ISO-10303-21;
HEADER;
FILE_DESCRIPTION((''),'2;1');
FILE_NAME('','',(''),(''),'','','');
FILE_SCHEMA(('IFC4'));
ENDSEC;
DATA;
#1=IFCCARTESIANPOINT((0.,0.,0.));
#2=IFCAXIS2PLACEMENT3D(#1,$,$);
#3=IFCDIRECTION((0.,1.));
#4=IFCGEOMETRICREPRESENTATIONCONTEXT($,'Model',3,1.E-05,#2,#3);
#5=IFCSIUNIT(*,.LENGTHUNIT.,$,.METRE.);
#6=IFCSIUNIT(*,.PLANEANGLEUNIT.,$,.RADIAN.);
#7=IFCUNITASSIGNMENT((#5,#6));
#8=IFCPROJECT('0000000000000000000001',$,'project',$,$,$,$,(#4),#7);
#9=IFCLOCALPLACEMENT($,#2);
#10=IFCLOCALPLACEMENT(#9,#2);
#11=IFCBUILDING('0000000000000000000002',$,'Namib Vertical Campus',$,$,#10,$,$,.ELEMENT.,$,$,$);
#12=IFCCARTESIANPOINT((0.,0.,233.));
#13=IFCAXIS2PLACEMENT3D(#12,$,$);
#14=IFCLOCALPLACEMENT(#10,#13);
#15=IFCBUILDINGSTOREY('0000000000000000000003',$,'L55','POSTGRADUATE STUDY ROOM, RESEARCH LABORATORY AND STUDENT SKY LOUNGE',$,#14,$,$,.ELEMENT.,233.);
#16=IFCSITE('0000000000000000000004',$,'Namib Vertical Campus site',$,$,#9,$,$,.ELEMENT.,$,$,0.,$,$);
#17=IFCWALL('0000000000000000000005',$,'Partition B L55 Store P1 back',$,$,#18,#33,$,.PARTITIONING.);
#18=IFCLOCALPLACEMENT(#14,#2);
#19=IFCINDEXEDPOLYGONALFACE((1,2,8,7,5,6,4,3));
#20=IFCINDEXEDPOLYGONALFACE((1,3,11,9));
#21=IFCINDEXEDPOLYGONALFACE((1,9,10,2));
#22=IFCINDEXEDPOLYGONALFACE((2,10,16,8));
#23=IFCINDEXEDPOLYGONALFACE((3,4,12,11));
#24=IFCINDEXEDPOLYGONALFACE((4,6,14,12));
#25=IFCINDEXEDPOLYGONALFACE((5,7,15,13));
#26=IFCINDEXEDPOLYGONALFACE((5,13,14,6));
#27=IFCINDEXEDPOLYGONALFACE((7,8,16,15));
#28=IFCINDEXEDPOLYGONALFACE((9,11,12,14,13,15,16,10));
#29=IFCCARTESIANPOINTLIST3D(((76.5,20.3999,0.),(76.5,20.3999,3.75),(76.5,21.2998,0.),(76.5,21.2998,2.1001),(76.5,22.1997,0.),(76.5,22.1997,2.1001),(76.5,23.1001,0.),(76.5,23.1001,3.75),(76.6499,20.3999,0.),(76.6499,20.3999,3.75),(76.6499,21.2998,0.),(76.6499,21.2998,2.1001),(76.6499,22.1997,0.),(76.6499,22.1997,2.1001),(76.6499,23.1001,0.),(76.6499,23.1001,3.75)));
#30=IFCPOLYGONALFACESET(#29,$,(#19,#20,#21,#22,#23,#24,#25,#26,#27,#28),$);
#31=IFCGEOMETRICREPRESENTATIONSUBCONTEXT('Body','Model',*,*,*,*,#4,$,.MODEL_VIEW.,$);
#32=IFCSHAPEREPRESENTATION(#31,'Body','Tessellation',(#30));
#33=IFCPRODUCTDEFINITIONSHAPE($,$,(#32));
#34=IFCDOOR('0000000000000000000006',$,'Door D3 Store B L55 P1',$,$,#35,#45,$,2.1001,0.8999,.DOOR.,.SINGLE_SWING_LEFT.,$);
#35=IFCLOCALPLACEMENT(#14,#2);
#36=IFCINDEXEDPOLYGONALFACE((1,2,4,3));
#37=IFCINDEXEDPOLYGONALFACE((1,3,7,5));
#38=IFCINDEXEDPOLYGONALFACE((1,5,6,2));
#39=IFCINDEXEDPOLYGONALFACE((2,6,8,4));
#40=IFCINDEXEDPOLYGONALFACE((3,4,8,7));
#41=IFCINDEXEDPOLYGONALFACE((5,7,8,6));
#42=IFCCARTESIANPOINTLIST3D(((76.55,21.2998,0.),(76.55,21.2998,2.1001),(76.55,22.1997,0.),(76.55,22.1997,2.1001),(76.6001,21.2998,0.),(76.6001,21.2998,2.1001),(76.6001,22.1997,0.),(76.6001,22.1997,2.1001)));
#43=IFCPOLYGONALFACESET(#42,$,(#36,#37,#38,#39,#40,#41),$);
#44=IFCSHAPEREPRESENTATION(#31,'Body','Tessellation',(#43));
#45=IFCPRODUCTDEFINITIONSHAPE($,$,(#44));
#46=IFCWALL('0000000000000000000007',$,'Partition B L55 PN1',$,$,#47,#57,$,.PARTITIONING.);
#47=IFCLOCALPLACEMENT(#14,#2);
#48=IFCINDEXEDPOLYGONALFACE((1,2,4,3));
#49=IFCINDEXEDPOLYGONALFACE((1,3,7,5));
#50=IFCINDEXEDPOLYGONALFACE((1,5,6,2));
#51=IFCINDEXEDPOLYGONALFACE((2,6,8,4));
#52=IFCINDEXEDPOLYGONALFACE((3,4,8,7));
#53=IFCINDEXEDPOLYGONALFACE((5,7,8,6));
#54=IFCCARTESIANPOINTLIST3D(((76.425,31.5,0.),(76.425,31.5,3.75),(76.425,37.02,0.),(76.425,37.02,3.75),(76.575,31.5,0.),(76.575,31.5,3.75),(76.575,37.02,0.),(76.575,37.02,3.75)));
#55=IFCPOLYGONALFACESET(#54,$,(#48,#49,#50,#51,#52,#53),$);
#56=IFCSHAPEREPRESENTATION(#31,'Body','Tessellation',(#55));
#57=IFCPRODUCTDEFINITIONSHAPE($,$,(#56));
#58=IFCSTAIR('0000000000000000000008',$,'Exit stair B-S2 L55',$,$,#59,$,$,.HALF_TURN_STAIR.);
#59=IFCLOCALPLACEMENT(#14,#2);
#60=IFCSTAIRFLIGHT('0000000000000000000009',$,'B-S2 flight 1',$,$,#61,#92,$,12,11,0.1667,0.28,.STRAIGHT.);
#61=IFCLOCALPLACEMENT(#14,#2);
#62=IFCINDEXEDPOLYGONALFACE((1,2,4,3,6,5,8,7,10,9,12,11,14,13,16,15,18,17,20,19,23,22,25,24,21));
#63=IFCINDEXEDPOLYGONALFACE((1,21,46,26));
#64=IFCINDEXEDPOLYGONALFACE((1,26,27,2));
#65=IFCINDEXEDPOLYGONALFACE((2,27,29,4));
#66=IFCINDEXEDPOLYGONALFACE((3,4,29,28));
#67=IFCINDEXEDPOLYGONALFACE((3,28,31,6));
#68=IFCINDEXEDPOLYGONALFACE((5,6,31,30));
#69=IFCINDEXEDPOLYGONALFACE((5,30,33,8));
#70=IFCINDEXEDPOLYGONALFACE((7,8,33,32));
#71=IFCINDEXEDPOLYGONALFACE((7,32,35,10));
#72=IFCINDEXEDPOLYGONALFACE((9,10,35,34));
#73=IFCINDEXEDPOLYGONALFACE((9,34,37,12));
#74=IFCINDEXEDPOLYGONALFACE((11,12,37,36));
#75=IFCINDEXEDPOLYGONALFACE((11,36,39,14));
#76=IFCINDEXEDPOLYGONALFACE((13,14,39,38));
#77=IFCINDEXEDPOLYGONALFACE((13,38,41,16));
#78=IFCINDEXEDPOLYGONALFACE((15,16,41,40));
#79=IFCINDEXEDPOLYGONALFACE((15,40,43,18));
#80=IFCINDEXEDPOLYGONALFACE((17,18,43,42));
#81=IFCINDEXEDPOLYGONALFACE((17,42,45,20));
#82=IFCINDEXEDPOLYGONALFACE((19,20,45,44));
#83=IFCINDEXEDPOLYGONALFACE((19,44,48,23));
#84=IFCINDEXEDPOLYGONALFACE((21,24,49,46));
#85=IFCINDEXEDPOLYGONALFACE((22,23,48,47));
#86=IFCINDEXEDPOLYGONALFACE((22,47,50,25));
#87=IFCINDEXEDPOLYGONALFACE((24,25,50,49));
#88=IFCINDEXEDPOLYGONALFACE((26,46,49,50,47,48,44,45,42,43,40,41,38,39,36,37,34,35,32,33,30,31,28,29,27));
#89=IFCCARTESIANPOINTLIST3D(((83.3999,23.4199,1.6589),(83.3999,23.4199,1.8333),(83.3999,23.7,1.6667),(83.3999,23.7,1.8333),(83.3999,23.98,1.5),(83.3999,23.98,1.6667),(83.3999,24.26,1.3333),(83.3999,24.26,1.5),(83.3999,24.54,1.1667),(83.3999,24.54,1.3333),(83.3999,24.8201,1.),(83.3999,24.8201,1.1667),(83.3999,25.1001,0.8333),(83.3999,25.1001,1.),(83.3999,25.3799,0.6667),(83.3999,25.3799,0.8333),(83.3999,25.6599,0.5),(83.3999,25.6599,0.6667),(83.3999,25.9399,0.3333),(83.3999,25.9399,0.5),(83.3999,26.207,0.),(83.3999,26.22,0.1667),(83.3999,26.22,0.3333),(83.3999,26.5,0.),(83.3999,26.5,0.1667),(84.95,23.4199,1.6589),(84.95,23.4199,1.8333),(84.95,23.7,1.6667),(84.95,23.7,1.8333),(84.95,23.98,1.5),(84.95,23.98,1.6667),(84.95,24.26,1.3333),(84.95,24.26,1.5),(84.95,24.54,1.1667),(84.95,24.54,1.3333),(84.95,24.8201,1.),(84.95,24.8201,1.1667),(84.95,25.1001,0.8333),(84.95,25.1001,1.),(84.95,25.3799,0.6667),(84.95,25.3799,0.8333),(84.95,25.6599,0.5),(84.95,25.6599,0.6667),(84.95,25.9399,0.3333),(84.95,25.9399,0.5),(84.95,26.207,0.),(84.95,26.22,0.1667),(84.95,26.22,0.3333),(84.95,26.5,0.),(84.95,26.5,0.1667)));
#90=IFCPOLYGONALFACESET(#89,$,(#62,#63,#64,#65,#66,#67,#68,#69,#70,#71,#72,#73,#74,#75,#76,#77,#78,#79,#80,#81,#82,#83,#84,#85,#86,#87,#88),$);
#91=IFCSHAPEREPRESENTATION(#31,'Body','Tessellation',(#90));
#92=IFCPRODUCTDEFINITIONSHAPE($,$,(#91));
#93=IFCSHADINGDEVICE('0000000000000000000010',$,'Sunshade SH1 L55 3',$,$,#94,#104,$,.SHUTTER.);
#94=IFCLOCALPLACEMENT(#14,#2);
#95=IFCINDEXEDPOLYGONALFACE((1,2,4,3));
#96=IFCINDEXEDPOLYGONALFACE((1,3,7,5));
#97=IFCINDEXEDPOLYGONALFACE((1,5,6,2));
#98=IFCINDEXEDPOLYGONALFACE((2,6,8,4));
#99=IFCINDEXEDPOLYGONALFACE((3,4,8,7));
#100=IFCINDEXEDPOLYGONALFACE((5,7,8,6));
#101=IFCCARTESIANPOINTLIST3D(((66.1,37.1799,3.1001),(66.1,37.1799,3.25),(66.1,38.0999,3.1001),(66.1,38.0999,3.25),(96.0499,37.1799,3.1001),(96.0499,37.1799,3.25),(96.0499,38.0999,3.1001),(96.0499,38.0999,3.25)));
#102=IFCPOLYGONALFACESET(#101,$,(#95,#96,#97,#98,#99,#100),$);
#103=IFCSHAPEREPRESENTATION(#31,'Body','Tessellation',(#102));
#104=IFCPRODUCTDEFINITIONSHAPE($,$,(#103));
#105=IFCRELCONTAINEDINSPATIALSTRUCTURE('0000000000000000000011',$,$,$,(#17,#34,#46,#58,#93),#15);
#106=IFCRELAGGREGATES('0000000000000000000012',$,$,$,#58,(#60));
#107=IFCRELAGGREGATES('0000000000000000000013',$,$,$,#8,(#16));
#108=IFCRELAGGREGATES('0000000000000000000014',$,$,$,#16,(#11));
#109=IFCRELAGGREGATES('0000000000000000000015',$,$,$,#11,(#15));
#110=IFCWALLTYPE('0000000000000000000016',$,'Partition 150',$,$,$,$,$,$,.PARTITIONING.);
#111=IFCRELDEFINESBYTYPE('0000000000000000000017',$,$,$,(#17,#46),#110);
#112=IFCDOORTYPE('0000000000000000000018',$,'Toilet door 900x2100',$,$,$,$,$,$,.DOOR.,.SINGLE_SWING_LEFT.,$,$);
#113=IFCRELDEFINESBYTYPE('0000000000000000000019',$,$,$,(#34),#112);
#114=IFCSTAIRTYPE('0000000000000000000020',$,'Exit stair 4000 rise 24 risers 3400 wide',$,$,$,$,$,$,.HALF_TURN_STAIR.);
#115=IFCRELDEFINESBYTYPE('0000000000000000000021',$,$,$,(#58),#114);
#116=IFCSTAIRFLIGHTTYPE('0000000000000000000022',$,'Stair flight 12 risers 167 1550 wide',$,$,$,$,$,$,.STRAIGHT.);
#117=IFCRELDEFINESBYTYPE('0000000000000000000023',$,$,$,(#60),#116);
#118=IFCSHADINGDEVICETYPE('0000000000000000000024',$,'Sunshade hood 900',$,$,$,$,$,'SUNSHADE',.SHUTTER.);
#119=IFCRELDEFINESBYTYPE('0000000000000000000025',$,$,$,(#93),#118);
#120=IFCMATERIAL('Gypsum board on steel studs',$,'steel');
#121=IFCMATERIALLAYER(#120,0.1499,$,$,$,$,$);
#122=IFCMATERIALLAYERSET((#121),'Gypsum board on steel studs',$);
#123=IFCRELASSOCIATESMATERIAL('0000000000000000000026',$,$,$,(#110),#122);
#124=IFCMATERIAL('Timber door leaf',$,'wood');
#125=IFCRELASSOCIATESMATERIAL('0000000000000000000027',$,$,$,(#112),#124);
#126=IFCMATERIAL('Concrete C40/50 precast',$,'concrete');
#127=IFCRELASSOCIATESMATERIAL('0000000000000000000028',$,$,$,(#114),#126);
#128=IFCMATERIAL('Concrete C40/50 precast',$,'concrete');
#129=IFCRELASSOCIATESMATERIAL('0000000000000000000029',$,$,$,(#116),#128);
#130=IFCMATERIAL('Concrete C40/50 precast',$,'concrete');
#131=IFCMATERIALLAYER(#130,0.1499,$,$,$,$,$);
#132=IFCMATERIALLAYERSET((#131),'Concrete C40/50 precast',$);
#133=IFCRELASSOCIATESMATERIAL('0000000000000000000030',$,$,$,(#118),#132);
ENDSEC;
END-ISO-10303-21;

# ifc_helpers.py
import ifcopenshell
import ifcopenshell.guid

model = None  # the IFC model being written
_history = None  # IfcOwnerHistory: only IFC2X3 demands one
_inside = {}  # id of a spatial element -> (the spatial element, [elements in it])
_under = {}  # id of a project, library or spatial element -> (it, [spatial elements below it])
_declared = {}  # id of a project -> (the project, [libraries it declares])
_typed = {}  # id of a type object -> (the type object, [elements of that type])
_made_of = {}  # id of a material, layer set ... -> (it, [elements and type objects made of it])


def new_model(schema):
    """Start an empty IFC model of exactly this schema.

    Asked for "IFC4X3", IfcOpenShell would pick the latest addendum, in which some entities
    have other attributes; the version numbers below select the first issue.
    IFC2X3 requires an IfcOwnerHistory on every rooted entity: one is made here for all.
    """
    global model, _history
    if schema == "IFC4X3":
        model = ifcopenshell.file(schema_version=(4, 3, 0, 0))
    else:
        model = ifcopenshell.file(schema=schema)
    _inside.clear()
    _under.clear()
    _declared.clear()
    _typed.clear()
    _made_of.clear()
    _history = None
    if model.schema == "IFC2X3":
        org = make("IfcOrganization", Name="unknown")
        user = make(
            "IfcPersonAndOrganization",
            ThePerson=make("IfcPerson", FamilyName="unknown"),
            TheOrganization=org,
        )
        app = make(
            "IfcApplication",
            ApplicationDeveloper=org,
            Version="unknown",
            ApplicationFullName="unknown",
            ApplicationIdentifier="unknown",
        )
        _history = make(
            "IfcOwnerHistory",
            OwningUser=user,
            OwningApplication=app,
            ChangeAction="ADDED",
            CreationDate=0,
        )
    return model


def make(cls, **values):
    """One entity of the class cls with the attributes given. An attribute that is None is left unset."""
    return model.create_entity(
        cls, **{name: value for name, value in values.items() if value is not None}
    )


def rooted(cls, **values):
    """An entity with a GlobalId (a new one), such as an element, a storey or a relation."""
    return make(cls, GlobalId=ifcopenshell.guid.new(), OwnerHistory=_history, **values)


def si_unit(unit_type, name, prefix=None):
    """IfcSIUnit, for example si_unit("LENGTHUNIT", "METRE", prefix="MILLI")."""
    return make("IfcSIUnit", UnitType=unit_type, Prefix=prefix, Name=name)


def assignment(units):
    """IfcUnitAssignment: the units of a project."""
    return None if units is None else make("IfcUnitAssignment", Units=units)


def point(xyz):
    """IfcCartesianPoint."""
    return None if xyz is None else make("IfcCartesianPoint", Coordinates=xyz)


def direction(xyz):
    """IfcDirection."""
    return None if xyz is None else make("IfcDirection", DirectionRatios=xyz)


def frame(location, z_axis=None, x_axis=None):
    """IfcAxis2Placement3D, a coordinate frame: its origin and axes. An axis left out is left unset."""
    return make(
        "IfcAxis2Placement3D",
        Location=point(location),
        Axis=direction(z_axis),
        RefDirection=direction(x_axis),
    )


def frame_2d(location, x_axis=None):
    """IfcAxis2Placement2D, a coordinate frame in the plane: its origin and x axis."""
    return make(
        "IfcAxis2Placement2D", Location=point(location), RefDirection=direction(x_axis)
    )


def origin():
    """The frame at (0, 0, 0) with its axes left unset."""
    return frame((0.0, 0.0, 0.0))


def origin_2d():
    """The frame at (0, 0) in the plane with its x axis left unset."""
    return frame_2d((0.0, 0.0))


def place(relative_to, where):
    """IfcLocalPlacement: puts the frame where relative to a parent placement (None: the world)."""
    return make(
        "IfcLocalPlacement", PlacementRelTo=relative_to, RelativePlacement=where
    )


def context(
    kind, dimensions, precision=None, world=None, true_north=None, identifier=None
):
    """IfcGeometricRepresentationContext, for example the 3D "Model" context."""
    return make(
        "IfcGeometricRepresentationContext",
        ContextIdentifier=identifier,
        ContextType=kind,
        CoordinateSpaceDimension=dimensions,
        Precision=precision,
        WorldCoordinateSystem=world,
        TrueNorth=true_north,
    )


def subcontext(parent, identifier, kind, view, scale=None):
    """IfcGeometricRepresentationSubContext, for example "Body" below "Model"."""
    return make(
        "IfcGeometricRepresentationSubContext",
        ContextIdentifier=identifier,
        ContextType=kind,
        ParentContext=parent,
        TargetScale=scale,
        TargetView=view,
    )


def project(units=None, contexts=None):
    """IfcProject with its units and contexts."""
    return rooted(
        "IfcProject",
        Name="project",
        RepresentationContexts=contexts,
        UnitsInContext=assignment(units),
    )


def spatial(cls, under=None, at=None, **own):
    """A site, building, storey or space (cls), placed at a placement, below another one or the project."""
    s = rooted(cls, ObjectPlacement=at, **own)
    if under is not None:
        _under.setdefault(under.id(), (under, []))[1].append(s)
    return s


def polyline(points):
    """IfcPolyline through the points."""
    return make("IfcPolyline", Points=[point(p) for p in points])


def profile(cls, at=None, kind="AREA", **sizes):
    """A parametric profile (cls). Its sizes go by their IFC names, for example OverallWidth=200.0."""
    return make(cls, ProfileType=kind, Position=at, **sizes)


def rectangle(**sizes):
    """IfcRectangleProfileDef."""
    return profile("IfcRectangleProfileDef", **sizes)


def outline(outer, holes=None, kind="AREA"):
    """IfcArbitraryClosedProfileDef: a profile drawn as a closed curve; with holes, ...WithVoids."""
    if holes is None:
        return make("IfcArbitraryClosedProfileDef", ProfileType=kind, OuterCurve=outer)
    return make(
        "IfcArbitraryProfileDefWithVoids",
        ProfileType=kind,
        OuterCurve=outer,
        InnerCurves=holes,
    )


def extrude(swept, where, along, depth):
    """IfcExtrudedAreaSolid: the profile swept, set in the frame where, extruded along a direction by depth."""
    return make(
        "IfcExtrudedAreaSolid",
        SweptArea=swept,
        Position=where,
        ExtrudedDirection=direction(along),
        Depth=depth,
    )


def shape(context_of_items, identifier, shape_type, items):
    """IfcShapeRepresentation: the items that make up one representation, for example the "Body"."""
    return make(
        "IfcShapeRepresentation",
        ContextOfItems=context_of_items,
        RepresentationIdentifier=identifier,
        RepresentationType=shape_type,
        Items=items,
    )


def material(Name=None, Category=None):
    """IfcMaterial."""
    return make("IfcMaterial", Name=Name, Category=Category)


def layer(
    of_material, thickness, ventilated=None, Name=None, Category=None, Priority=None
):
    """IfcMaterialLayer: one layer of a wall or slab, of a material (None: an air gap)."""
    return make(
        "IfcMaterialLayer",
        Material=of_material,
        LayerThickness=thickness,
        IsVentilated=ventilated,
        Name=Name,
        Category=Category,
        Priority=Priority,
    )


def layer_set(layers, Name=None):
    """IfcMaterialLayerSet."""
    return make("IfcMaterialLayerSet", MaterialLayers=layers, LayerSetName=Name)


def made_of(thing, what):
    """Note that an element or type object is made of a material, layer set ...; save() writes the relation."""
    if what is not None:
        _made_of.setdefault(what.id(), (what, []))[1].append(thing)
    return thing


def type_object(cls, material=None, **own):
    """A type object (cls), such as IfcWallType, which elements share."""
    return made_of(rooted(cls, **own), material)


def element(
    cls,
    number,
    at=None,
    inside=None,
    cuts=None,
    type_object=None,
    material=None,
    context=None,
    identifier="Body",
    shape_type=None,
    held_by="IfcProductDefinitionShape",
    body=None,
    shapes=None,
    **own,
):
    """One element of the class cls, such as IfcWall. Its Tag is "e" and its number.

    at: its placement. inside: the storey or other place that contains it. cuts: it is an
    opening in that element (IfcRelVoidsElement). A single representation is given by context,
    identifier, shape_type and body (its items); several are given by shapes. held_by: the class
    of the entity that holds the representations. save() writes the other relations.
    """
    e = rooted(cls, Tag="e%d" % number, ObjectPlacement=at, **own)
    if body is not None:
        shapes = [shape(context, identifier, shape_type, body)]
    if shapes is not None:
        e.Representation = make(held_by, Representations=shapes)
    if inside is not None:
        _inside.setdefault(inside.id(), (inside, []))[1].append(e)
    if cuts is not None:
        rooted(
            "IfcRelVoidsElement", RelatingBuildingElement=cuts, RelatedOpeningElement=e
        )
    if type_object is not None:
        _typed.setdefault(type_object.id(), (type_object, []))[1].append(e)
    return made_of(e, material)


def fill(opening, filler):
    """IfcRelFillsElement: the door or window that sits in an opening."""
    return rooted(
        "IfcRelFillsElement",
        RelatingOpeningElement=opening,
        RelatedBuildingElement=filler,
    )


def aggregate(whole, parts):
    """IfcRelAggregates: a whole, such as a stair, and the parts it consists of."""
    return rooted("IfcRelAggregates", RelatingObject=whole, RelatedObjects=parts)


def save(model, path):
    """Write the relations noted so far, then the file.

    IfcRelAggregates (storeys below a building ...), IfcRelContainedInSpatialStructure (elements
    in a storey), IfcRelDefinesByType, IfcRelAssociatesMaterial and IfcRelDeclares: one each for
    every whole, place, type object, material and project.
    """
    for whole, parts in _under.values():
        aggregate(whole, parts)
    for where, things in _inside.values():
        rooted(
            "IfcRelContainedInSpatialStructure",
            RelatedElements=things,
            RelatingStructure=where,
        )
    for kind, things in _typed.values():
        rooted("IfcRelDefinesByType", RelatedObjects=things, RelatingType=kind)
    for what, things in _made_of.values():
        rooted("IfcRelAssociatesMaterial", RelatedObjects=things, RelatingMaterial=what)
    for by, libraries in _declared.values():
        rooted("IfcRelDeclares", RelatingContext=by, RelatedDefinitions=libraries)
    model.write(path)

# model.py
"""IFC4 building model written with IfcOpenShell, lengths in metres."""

from ifc_helpers import new_model, si_unit, direction, frame, frame_2d, origin, origin_2d, place, context, subcontext, project, spatial, polyline, rectangle, outline, extrude, material, layer, layer_set, type_object, element, fill, aggregate, save


model = new_model("IFC4")

# Units and contexts
model_context = context("Model", 3, precision=1e-05, world=origin(), true_north=direction((0.0, 1.0)))
body_context = subcontext(model_context, "Body", "Model", "MODEL_VIEW")
ifc_project = project(units=[si_unit("LENGTHUNIT", "METRE"), si_unit("PLANEANGLEUNIT", "RADIAN")], contexts=[model_context])

# Site, building, storey
site_placement = place(None, origin())
site = spatial("IfcSite", under=ifc_project, at=site_placement, Name="Namib Vertical Campus site", CompositionType="ELEMENT", RefElevation=0.0)
building_placement = place(site_placement, origin())
building = spatial("IfcBuilding", under=site, at=building_placement, Name="Namib Vertical Campus", CompositionType="ELEMENT")
storey_placement = place(building_placement, frame((0.0, 0.0, 233.0)))
storey = spatial("IfcBuildingStorey", under=building, at=storey_placement, Name="L55", Description="POSTGRADUATE STUDY ROOM, RESEARCH LABORATORY AND STUDENT SKY LOUNGE", CompositionType="ELEMENT", Elevation=233.0)

# Shared definitions
ifc_material_1 = material(Name="Gypsum board on steel studs", Category="steel")
ifc_layer_1 = layer(ifc_material_1, 0.1499)
ifc_layer_set_1 = layer_set([ifc_layer_1], Name="Gypsum board on steel studs")
wall_type_1 = type_object("IfcWallType", Name="Partition 150", PredefinedType="PARTITIONING", material=ifc_layer_set_1)
ifc_material_2 = material(Name="Timber door leaf", Category="wood")
door_type = type_object("IfcDoorType", Name="Toilet door 900x2100", OperationType="SINGLE_SWING_LEFT", PredefinedType="DOOR", material=ifc_material_2)

# Wall, opening, door
wall_1_placement = place(storey_placement, frame((76.575, 20.3999, 0.0), z_axis=(0.0, 0.0, 1.0), x_axis=(0.0, 1.0, 0.0)))
wall_1 = element("IfcWall", 1, at=wall_1_placement, inside=storey, type_object=wall_type_1, Name="Partition B L55 Store P1 back", PredefinedType="PARTITIONING", context=body_context, shape_type="SweptSolid", body=[
    extrude(rectangle(XDim=2.7002, YDim=0.1499, at=frame_2d((1.3501, 0.0))), origin(), (0.0, 0.0, 1.0), 3.75),
])
opening_1_placement = place(wall_1_placement, frame((0.8999, 0.0, 0.0)))
opening_1 = element("IfcOpeningElement", 2, at=opening_1_placement, cuts=wall_1, PredefinedType="OPENING", context=body_context, shape_type="SweptSolid", body=[
    extrude(rectangle(XDim=0.8999, YDim=2.1001, at=frame_2d((0.45, 1.05))), frame((0.0, 0.085, 0.0), z_axis=(0.0, -1.0, 0.0), x_axis=(1.0, 0.0, 0.0)), (0.0, 0.0, 1.0), 0.1699),
])
door_1_placement = place(opening_1_placement, origin())
door_1 = element("IfcDoor", 3, at=door_1_placement, inside=storey, type_object=door_type, Name="Door D3 Store B L55 P1", OperationType="SINGLE_SWING_LEFT", OverallHeight=2.1001, OverallWidth=0.8999, PredefinedType="DOOR", context=body_context, shape_type="SweptSolid", body=[
    extrude(rectangle(XDim=0.8999, YDim=2.1001, at=frame_2d((0.45, 1.05))), frame((0.0, 0.0249, 0.0), z_axis=(0.0, -1.0, 0.0), x_axis=(1.0, 0.0, 0.0)), (0.0, 0.0, 1.0), 0.05),
])
fill(opening_1, door_1)

# Wall
wall_2_placement = place(storey_placement, frame((76.5, 31.5, 0.0), z_axis=(0.0, 0.0, 1.0), x_axis=(0.0, 1.0, 0.0)))
element("IfcWall", 4, at=wall_2_placement, inside=storey, type_object=wall_type_1, Name="Partition B L55 PN1", PredefinedType="PARTITIONING", context=body_context, shape_type="SweptSolid", body=[
    extrude(rectangle(XDim=5.52, YDim=0.1499, at=frame_2d((2.76, 0.0))), origin(), (0.0, 0.0, 1.0), 3.75),
])

# Stair, stair flight
ifc_material_3 = material(Name="Concrete C40/50 precast", Category="concrete")
stair_type = type_object("IfcStairType", Name="Exit stair 4000 rise 24 risers 3400 wide", PredefinedType="HALF_TURN_STAIR", material=ifc_material_3)
stair_placement = place(storey_placement, origin())
stair = element("IfcStair", 5, at=stair_placement, inside=storey, type_object=stair_type, Name="Exit stair B-S2 L55", PredefinedType="HALF_TURN_STAIR")
ifc_material_4 = material(Name="Concrete C40/50 precast", Category="concrete")
stair_flight_type = type_object("IfcStairFlightType", Name="Stair flight 12 risers 167 1550 wide", PredefinedType="STRAIGHT", material=ifc_material_4)
stair_flight_placement = place(storey_placement, frame((84.175, 26.5, 0.0), z_axis=(0.0, 0.0, 1.0), x_axis=(0.0, -1.0, 0.0)))
stair_flight = element("IfcStairFlight", 6, at=stair_flight_placement, type_object=stair_flight_type, Name="B-S2 flight 1", NumberOfRisers=12, NumberOfTreads=11, PredefinedType="STRAIGHT", RiserHeight=0.1667, TreadLength=0.28, context=body_context, shape_type="SweptSolid", body=[
    extrude(outline(polyline([(0.0, 0.0), (0.0, 0.1667), (0.28, 0.1667), (0.28, 0.3333), (0.5601, 0.3333), (0.5601, 0.5), (0.8401, 0.5), (0.8401, 0.6667), (1.1201, 0.6667), (1.1201, 0.8333), (1.3999, 0.8333), (1.3999, 1.0), (1.6799, 1.0), (1.6799, 1.1667), (1.96, 1.1667), (1.96, 1.3333), (2.24, 1.3333), (2.24, 1.5), (2.52, 1.5), (2.52, 1.6667), (2.8, 1.6667), (2.8, 1.8333), (3.0801, 1.8333), (3.0801, 2.0), (3.0801, 1.6589), (0.293, 0.0), (0.0, 0.0)])), frame((0.0, 0.7749, 0.0), z_axis=(0.0, -1.0, 0.0), x_axis=(1.0, 0.0, 0.0)), (0.0, 0.0, 1.0), 1.55),
])
aggregate(stair, [stair_flight])

# Shading device
ifc_material_5 = material(Name="Concrete C40/50 precast", Category="concrete")
ifc_layer_2 = layer(ifc_material_5, 0.1499)
ifc_layer_set_2 = layer_set([ifc_layer_2], Name="Concrete C40/50 precast")
shading_device_type = type_object("IfcShadingDeviceType", Name="Sunshade hood 900", ElementType="SUNSHADE", PredefinedType="SHUTTER", material=ifc_layer_set_2)
shading_device_placement = place(storey_placement, frame((81.075, 37.6399, 3.1001), z_axis=(0.0, 0.0, 1.0), x_axis=(-1.0, 0.0, 0.0)))
element("IfcShadingDevice", 7, at=shading_device_placement, inside=storey, type_object=shading_device_type, Name="Sunshade SH1 L55 3", PredefinedType="SHUTTER", context=body_context, shape_type="SweptSolid", body=[
    extrude(rectangle(XDim=29.95, YDim=0.9199, at=origin_2d()), origin(), (0.0, 0.0, 1.0), 0.1499),
])

save(model, "model.ifc")
